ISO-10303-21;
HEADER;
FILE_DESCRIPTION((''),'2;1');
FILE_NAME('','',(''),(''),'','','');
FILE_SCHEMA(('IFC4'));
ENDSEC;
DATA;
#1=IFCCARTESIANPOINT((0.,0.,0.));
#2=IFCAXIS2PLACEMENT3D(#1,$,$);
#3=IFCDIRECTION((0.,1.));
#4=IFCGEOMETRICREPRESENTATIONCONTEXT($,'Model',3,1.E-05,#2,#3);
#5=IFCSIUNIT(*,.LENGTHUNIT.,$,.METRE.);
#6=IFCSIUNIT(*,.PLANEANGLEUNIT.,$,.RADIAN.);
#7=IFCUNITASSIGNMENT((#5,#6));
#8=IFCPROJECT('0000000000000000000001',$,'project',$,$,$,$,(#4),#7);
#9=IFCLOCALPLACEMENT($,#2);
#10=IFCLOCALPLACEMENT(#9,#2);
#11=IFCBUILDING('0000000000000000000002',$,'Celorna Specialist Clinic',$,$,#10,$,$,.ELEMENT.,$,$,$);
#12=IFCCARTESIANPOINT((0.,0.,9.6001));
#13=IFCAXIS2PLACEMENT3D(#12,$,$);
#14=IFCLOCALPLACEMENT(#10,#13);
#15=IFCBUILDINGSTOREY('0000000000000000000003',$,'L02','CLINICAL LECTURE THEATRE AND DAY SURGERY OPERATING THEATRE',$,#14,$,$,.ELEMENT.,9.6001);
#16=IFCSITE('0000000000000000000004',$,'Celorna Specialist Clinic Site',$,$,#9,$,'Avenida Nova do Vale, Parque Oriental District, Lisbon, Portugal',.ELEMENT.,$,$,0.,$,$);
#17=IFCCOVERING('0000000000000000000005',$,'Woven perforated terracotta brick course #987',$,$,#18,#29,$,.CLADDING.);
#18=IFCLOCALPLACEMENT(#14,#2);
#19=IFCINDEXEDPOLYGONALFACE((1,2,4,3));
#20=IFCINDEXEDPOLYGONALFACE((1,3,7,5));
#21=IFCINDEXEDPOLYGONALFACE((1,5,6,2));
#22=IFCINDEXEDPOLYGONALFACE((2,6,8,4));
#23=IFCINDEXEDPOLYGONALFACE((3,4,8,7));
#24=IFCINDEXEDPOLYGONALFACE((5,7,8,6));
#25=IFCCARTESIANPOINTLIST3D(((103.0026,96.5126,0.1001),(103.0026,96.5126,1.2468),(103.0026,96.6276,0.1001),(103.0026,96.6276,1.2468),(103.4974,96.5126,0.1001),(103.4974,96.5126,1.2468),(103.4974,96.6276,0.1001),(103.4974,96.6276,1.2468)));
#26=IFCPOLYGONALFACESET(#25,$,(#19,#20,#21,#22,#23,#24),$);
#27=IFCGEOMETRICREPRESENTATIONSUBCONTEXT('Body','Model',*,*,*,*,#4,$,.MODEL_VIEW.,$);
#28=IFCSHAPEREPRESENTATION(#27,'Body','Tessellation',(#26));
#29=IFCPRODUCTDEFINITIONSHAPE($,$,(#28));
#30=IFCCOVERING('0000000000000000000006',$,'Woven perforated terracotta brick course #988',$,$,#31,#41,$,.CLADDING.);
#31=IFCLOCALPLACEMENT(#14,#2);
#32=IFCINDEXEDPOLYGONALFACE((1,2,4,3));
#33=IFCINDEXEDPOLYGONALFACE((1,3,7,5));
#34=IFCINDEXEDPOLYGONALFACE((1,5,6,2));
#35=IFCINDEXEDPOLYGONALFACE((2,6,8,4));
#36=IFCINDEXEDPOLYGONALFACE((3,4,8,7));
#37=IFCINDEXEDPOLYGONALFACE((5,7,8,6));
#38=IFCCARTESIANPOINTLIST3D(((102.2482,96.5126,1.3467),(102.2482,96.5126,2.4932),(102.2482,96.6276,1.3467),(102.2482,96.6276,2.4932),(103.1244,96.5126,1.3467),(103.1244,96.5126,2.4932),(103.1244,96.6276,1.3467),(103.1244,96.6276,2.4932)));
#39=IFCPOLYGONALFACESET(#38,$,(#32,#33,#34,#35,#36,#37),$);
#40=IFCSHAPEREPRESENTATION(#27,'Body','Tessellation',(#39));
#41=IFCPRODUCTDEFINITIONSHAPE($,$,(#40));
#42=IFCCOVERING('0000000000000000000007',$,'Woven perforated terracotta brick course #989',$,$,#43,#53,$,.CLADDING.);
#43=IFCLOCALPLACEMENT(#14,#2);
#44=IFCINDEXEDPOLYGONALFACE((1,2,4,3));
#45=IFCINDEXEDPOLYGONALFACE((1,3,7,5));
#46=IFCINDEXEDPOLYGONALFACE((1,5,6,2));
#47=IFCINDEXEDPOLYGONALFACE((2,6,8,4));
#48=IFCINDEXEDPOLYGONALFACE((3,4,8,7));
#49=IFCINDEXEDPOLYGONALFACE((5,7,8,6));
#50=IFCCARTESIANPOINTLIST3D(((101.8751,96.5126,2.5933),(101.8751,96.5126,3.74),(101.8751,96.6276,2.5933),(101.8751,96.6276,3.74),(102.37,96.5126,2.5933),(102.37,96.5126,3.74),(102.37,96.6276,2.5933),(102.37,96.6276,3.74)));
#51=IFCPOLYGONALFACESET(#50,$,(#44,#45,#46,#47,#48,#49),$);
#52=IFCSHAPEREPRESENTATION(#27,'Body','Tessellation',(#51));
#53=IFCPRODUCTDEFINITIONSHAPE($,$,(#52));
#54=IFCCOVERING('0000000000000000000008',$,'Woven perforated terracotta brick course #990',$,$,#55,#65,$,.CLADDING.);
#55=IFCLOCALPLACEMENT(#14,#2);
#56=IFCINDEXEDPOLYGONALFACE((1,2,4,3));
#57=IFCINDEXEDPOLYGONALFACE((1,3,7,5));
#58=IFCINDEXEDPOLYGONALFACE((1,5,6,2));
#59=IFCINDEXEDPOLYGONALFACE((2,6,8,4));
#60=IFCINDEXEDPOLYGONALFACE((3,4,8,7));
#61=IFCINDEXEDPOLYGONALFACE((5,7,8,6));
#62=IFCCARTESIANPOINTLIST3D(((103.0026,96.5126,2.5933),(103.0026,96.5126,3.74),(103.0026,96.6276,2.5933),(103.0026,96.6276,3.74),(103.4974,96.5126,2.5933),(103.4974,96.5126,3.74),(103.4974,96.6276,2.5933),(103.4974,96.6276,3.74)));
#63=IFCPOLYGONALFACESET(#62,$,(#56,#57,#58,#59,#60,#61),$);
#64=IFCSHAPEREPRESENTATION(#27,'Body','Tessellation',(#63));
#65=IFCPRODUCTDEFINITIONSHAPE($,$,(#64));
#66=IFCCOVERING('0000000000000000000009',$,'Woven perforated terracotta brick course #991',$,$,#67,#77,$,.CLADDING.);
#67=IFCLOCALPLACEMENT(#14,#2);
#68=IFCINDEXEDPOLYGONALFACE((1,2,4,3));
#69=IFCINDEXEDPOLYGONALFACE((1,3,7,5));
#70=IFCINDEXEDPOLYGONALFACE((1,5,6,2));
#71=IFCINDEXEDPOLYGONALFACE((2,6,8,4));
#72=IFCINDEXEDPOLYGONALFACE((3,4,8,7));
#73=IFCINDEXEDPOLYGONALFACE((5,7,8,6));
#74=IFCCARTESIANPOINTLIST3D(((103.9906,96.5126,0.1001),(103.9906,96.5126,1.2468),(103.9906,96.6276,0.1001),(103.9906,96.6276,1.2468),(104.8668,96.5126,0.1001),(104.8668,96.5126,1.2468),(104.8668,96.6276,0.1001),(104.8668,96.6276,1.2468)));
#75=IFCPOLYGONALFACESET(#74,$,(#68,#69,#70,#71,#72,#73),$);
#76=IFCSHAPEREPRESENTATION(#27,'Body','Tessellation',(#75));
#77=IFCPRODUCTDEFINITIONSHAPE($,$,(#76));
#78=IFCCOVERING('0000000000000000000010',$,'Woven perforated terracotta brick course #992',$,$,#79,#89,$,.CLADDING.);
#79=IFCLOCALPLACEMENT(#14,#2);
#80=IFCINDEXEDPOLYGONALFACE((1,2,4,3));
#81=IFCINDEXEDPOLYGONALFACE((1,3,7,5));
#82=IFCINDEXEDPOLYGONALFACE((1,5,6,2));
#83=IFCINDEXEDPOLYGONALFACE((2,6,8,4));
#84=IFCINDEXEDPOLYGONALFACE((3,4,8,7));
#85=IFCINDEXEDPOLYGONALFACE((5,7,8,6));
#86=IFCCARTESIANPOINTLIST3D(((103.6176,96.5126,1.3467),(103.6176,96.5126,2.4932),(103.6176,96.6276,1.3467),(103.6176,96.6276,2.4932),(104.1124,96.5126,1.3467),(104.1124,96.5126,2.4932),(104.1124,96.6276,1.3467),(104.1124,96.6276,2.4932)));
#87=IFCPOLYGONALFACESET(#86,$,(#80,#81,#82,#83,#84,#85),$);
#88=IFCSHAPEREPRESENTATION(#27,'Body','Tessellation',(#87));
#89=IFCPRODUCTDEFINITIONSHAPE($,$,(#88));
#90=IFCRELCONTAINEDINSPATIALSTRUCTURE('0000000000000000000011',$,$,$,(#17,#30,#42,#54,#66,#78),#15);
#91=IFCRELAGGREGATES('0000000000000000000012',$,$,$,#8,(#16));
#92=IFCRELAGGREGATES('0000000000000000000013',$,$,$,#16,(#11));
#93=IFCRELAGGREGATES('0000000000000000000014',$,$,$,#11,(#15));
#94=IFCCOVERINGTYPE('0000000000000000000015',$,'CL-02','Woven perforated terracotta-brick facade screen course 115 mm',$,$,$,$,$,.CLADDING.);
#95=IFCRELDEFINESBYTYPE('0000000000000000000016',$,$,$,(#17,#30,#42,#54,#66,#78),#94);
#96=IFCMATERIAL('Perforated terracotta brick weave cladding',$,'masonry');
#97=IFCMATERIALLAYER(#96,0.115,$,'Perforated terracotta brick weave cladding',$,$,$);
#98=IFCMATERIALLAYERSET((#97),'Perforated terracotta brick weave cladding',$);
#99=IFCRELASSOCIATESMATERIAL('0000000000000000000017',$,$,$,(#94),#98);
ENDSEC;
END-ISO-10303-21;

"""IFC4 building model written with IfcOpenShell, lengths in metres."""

from ifc_helpers import new_model, si_unit, direction, frame, origin, origin_2d, place, context, subcontext, project, spatial, rectangle, extrude, material, layer, layer_set, type_object, element, save


model = new_model("IFC4")

# Units and contexts
model_context = context("Model", 3, precision=1e-05, world=origin(), true_north=direction((0.0, 1.0)))
body_context = subcontext(model_context, "Body", "Model", "MODEL_VIEW")
ifc_project = project(units=[si_unit("LENGTHUNIT", "METRE"), si_unit("PLANEANGLEUNIT", "RADIAN")], contexts=[model_context])

# Site, building, storey
site_placement = place(None, origin())
site = spatial("IfcSite", under=ifc_project, at=site_placement, Name="Celorna Specialist Clinic Site", LongName="Avenida Nova do Vale, Parque Oriental District, Lisbon, Portugal", CompositionType="ELEMENT", RefElevation=0.0)
building_placement = place(site_placement, origin())
building = spatial("IfcBuilding", under=site, at=building_placement, Name="Celorna Specialist Clinic", CompositionType="ELEMENT")
storey_placement = place(building_placement, frame((0.0, 0.0, 9.6001)))
storey = spatial("IfcBuildingStorey", under=building, at=storey_placement, Name="L02", Description="CLINICAL LECTURE THEATRE AND DAY SURGERY OPERATING THEATRE", CompositionType="ELEMENT", Elevation=9.6001)

# Coverings
ifc_material_1 = material(Name="Perforated terracotta brick weave cladding", Category="masonry")
ifc_layer_1 = layer(ifc_material_1, 0.115, Name="Perforated terracotta brick weave cladding")
ifc_layer_set_1 = layer_set([ifc_layer_1], Name="Perforated terracotta brick weave cladding")
covering_type = type_object("IfcCoveringType", Name="CL-02", Description="Woven perforated terracotta-brick facade screen course 115 mm", PredefinedType="CLADDING", material=ifc_layer_set_1)
for number, where, z_axis, x_axis, name in (
    (1, (103.25, 96.5701, 0.1001), (0.0, 0.0, 1.0), (1.0, 0.0, 0.0), "Woven perforated terracotta brick course #987"),
):
    element("IfcCovering", number, at=place(storey_placement, frame(where, z_axis=z_axis, x_axis=x_axis)), inside=storey, type_object=covering_type, Name=name, PredefinedType="CLADDING", context=body_context, shape_type="SweptSolid", body=[
        extrude(rectangle(XDim=0.4949, YDim=0.115, at=origin_2d()), origin(), (0.0, 0.0, 1.0), 1.1467),
    ])
covering_1_placement = place(storey_placement, frame((102.6863, 96.5701, 1.3467), z_axis=(0.0, 0.0, 1.0), x_axis=(1.0, 0.0, 0.0)))
element("IfcCovering", 2, at=covering_1_placement, inside=storey, type_object=covering_type, Name="Woven perforated terracotta brick course #988", PredefinedType="CLADDING", context=body_context, shape_type="SweptSolid", body=[
    extrude(rectangle(XDim=0.8762, YDim=0.115, at=origin_2d()), origin(), (0.0, 0.0, 1.0), 1.1465),
])
for number, where, z_axis, x_axis, name in (
    (3, (102.1226, 96.5701, 2.5933), (0.0, 0.0, 1.0), (1.0, 0.0, 0.0), "Woven perforated terracotta brick course #989"),
    (4, (103.25, 96.5701, 2.5933), (0.0, 0.0, 1.0), (1.0, 0.0, 0.0), "Woven perforated terracotta brick course #990"),
):
    element("IfcCovering", number, at=place(storey_placement, frame(where, z_axis=z_axis, x_axis=x_axis)), inside=storey, type_object=covering_type, Name=name, PredefinedType="CLADDING", context=body_context, shape_type="SweptSolid", body=[
        extrude(rectangle(XDim=0.4949, YDim=0.115, at=origin_2d()), origin(), (0.0, 0.0, 1.0), 1.1467),
    ])
covering_2_placement = place(storey_placement, frame((104.4287, 96.5701, 0.1001), z_axis=(0.0, 0.0, 1.0), x_axis=(1.0, 0.0, 0.0)))
element("IfcCovering", 5, at=covering_2_placement, inside=storey, type_object=covering_type, Name="Woven perforated terracotta brick course #991", PredefinedType="CLADDING", context=body_context, shape_type="SweptSolid", body=[
    extrude(rectangle(XDim=0.8762, YDim=0.115, at=origin_2d()), origin(), (0.0, 0.0, 1.0), 1.1467),
])
covering_3_placement = place(storey_placement, frame((103.865, 96.5701, 1.3467), z_axis=(0.0, 0.0, 1.0), x_axis=(1.0, 0.0, 0.0)))
element("IfcCovering", 6, at=covering_3_placement, inside=storey, type_object=covering_type, Name="Woven perforated terracotta brick course #992", PredefinedType="CLADDING", context=body_context, shape_type="SweptSolid", body=[
    extrude(rectangle(XDim=0.4949, YDim=0.115, at=origin_2d()), origin(), (0.0, 0.0, 1.0), 1.1465),
])

save(model, "model.ifc")
